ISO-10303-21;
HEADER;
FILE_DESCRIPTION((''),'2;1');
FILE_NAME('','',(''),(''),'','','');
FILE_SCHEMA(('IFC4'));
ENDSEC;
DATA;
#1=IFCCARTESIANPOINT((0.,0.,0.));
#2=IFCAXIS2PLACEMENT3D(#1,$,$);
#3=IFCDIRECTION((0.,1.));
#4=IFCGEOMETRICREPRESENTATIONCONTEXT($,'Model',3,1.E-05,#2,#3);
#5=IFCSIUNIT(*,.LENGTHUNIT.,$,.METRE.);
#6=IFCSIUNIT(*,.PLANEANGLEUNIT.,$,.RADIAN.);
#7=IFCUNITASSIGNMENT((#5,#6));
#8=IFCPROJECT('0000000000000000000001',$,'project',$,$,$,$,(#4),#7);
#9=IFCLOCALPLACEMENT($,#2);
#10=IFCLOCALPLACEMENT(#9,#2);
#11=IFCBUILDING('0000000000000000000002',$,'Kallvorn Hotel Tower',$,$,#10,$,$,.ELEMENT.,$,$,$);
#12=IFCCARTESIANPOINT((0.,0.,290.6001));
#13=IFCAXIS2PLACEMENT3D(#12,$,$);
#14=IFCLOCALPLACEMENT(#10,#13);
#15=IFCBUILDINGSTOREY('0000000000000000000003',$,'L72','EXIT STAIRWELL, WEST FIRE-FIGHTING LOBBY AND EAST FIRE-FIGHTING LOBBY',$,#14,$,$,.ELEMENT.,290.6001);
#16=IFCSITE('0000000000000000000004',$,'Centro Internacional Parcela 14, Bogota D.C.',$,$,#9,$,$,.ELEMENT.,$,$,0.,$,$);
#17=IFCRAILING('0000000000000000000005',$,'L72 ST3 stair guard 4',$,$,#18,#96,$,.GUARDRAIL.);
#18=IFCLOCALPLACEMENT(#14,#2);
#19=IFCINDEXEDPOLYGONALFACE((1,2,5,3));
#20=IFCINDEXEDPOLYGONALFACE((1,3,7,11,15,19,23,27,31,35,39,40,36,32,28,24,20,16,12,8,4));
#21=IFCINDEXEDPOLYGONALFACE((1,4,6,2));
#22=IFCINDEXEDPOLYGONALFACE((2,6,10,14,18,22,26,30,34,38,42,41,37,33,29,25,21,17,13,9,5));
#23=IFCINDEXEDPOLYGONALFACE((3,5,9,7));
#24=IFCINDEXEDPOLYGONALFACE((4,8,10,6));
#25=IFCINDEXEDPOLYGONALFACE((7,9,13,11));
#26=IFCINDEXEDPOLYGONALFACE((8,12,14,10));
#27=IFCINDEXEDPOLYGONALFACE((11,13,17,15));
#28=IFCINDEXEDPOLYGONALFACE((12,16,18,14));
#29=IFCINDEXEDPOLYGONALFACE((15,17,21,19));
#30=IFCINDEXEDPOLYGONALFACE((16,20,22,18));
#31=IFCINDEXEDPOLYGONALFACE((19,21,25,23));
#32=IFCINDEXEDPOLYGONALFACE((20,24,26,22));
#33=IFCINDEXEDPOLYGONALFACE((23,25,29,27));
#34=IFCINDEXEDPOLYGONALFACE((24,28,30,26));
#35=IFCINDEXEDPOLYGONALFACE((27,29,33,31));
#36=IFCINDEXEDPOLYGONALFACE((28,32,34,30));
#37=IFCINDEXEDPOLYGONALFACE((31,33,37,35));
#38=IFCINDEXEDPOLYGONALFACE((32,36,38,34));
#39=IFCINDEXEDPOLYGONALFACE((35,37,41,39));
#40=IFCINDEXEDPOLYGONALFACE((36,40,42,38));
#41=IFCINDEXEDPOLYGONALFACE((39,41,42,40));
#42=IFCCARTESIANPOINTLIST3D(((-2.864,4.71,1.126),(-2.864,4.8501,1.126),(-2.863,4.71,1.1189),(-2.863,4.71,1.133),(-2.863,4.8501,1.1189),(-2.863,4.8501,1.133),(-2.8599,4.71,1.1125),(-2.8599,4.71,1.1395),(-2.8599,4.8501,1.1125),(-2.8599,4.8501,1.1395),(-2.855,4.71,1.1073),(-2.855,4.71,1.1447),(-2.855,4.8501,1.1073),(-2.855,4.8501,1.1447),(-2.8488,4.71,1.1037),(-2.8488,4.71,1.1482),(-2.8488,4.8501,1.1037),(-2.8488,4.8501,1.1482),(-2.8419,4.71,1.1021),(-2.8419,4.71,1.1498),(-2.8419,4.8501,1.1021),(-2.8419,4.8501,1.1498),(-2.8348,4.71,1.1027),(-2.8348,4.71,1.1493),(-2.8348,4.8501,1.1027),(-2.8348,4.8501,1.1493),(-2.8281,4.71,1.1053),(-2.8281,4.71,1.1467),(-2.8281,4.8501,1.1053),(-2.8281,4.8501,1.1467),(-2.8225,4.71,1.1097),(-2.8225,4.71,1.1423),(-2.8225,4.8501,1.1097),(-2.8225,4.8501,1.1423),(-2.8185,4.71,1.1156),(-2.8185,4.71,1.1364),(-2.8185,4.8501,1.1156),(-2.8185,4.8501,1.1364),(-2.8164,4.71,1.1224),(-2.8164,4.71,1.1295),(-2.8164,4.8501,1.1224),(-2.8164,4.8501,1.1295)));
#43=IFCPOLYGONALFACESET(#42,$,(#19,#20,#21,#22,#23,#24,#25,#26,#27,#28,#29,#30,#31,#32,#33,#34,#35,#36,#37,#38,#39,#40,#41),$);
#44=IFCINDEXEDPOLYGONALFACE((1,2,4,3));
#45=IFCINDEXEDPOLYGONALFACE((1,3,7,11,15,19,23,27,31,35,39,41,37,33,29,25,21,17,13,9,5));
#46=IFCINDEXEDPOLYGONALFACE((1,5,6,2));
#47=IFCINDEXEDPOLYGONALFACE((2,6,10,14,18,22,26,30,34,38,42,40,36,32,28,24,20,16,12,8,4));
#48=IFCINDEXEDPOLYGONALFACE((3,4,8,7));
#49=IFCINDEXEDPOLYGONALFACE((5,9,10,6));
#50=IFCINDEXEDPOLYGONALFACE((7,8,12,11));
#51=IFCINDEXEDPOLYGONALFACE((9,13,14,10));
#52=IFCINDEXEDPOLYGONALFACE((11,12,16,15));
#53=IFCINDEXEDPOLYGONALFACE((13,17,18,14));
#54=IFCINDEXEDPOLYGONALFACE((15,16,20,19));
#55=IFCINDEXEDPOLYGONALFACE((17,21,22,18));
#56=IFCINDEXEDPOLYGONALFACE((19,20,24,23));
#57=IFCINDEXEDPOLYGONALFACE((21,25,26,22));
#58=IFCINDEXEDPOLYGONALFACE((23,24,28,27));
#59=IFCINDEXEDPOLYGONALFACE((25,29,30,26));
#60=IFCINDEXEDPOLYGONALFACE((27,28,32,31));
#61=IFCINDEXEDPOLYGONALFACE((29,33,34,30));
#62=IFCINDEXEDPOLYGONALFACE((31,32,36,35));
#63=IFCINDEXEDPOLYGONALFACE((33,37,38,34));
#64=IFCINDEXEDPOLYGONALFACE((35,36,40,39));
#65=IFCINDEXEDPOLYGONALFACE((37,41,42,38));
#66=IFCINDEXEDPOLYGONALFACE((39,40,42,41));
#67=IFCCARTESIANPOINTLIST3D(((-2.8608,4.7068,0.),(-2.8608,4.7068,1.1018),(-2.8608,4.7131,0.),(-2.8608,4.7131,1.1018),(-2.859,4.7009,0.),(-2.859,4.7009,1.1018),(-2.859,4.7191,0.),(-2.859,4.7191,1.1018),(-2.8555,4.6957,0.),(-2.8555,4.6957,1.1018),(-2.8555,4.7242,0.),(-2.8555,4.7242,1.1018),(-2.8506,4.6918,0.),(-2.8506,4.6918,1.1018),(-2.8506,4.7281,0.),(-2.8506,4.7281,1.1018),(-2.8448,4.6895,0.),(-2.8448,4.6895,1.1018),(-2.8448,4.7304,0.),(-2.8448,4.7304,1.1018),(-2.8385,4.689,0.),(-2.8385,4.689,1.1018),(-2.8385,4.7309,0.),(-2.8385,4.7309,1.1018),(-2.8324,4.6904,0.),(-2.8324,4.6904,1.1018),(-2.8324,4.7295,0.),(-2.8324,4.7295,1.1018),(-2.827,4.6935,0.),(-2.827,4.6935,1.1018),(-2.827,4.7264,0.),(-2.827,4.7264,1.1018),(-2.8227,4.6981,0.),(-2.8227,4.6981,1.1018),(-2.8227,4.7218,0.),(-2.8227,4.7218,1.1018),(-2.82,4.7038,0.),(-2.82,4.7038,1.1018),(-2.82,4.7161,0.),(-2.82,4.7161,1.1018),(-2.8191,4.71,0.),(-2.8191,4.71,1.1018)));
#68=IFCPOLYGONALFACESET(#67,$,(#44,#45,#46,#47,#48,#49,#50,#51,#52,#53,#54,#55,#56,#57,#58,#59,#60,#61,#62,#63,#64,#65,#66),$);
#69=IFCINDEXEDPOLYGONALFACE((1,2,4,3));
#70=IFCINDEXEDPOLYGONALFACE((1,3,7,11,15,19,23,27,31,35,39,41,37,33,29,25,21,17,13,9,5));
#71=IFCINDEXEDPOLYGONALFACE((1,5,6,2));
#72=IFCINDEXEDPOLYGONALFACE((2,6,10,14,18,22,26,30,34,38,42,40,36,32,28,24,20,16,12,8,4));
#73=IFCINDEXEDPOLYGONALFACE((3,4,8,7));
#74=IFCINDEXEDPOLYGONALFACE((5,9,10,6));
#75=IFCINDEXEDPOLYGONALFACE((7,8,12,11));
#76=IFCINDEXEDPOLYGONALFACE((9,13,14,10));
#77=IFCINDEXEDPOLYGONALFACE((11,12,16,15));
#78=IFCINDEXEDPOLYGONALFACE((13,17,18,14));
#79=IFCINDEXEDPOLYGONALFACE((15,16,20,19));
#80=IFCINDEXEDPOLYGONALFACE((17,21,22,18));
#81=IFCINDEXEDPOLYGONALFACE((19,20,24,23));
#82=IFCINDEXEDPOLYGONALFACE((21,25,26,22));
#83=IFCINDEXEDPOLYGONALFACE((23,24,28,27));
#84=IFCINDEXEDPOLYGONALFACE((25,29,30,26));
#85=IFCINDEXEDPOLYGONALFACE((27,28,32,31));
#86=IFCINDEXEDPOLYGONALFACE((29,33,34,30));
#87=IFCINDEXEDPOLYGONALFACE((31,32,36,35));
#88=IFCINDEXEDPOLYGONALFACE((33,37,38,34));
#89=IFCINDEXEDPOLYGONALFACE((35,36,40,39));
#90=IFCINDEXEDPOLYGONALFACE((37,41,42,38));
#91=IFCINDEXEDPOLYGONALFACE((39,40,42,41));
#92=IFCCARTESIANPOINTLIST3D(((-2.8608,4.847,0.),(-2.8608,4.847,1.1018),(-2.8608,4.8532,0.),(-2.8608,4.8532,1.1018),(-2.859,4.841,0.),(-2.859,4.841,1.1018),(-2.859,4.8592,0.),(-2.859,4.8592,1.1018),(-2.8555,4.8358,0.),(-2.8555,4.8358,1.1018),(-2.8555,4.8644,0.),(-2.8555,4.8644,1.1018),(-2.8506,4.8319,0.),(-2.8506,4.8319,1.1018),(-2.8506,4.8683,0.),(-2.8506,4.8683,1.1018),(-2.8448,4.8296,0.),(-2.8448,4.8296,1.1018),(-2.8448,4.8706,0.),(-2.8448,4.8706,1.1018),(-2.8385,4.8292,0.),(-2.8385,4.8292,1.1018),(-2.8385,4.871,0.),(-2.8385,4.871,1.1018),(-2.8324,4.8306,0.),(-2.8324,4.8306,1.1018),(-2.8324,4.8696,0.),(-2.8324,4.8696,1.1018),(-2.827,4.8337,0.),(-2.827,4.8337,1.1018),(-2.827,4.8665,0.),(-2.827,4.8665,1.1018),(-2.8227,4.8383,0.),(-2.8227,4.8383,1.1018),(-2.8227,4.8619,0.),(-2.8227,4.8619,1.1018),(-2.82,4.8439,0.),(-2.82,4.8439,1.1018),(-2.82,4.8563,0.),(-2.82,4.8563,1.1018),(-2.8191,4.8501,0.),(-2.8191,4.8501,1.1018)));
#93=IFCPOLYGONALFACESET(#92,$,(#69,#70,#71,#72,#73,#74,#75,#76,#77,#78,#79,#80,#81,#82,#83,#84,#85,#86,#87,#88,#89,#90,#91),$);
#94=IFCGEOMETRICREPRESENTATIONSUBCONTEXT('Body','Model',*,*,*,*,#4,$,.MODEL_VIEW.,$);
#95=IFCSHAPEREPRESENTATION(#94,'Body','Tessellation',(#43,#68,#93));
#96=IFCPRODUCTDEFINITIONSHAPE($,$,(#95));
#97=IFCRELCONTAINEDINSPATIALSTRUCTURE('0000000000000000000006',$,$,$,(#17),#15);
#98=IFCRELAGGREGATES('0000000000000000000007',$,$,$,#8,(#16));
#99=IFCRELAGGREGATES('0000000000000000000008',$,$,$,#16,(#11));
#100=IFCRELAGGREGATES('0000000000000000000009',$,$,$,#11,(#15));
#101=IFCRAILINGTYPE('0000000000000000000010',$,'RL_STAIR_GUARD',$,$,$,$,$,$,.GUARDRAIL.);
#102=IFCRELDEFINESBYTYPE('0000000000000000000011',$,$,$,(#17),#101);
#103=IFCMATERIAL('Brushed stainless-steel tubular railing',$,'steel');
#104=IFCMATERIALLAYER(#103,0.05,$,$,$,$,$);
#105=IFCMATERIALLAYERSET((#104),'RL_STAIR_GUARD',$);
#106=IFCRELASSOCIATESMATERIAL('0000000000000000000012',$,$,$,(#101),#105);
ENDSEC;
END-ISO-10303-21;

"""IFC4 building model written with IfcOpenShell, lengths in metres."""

from ifc_helpers import new_model, si_unit, direction, frame, origin, origin_2d, place, context, subcontext, project, spatial, circle, extrude, material, layer, layer_set, type_object, element, save


model = new_model("IFC4")

# Units and contexts
model_context = context("Model", 3, precision=1e-05, world=origin(), true_north=direction((0.0, 1.0)))
body_context = subcontext(model_context, "Body", "Model", "MODEL_VIEW")
ifc_project = project(units=[si_unit("LENGTHUNIT", "METRE"), si_unit("PLANEANGLEUNIT", "RADIAN")], contexts=[model_context])

# Site, building, storey
site_placement = place(None, origin())
site = spatial("IfcSite", under=ifc_project, at=site_placement, Name="Centro Internacional Parcela 14, Bogota D.C.", CompositionType="ELEMENT", RefElevation=0.0)
building_placement = place(site_placement, origin())
building = spatial("IfcBuilding", under=site, at=building_placement, Name="Kallvorn Hotel Tower", CompositionType="ELEMENT")
storey_placement = place(building_placement, frame((0.0, 0.0, 290.6001)))
storey = spatial("IfcBuildingStorey", under=building, at=storey_placement, Name="L72", Description="EXIT STAIRWELL, WEST FIRE-FIGHTING LOBBY AND EAST FIRE-FIGHTING LOBBY", CompositionType="ELEMENT", Elevation=290.6001)

# Railing
ifc_material_1 = material(Name="Brushed stainless-steel tubular railing", Category="steel")
ifc_layer_1 = layer(ifc_material_1, 0.05)
ifc_layer_set_1 = layer_set([ifc_layer_1], Name="RL_STAIR_GUARD")
railing_type_1 = type_object("IfcRailingType", Name="RL_STAIR_GUARD", PredefinedType="GUARDRAIL", material=ifc_layer_set_1)
railing_1_placement = place(storey_placement, frame((-2.8401, 4.71, 0.0)))
element("IfcRailing", 1, at=railing_1_placement, inside=storey, type_object=railing_type_1, Name="L72 ST3 stair guard 4", PredefinedType="GUARDRAIL", context=body_context, shape_type="SweptSolid", body=[
    extrude(circle(Radius=0.0239, at=origin_2d()), frame((0.0, 0.0, 1.126), z_axis=(0.0, 1.0, 0.0), x_axis=(-1.0, 0.0, 0.0)), (0.0, 0.0, 1.0), 0.1401),
    extrude(circle(Radius=0.021, at=origin_2d()), origin(), (0.0, 0.0, 1.0), 1.1018),
    extrude(circle(Radius=0.021, at=origin_2d()), frame((0.0, 0.1401, 0.0)), (0.0, 0.0, 1.0), 1.1018),
])

save(model, "model.ifc")
